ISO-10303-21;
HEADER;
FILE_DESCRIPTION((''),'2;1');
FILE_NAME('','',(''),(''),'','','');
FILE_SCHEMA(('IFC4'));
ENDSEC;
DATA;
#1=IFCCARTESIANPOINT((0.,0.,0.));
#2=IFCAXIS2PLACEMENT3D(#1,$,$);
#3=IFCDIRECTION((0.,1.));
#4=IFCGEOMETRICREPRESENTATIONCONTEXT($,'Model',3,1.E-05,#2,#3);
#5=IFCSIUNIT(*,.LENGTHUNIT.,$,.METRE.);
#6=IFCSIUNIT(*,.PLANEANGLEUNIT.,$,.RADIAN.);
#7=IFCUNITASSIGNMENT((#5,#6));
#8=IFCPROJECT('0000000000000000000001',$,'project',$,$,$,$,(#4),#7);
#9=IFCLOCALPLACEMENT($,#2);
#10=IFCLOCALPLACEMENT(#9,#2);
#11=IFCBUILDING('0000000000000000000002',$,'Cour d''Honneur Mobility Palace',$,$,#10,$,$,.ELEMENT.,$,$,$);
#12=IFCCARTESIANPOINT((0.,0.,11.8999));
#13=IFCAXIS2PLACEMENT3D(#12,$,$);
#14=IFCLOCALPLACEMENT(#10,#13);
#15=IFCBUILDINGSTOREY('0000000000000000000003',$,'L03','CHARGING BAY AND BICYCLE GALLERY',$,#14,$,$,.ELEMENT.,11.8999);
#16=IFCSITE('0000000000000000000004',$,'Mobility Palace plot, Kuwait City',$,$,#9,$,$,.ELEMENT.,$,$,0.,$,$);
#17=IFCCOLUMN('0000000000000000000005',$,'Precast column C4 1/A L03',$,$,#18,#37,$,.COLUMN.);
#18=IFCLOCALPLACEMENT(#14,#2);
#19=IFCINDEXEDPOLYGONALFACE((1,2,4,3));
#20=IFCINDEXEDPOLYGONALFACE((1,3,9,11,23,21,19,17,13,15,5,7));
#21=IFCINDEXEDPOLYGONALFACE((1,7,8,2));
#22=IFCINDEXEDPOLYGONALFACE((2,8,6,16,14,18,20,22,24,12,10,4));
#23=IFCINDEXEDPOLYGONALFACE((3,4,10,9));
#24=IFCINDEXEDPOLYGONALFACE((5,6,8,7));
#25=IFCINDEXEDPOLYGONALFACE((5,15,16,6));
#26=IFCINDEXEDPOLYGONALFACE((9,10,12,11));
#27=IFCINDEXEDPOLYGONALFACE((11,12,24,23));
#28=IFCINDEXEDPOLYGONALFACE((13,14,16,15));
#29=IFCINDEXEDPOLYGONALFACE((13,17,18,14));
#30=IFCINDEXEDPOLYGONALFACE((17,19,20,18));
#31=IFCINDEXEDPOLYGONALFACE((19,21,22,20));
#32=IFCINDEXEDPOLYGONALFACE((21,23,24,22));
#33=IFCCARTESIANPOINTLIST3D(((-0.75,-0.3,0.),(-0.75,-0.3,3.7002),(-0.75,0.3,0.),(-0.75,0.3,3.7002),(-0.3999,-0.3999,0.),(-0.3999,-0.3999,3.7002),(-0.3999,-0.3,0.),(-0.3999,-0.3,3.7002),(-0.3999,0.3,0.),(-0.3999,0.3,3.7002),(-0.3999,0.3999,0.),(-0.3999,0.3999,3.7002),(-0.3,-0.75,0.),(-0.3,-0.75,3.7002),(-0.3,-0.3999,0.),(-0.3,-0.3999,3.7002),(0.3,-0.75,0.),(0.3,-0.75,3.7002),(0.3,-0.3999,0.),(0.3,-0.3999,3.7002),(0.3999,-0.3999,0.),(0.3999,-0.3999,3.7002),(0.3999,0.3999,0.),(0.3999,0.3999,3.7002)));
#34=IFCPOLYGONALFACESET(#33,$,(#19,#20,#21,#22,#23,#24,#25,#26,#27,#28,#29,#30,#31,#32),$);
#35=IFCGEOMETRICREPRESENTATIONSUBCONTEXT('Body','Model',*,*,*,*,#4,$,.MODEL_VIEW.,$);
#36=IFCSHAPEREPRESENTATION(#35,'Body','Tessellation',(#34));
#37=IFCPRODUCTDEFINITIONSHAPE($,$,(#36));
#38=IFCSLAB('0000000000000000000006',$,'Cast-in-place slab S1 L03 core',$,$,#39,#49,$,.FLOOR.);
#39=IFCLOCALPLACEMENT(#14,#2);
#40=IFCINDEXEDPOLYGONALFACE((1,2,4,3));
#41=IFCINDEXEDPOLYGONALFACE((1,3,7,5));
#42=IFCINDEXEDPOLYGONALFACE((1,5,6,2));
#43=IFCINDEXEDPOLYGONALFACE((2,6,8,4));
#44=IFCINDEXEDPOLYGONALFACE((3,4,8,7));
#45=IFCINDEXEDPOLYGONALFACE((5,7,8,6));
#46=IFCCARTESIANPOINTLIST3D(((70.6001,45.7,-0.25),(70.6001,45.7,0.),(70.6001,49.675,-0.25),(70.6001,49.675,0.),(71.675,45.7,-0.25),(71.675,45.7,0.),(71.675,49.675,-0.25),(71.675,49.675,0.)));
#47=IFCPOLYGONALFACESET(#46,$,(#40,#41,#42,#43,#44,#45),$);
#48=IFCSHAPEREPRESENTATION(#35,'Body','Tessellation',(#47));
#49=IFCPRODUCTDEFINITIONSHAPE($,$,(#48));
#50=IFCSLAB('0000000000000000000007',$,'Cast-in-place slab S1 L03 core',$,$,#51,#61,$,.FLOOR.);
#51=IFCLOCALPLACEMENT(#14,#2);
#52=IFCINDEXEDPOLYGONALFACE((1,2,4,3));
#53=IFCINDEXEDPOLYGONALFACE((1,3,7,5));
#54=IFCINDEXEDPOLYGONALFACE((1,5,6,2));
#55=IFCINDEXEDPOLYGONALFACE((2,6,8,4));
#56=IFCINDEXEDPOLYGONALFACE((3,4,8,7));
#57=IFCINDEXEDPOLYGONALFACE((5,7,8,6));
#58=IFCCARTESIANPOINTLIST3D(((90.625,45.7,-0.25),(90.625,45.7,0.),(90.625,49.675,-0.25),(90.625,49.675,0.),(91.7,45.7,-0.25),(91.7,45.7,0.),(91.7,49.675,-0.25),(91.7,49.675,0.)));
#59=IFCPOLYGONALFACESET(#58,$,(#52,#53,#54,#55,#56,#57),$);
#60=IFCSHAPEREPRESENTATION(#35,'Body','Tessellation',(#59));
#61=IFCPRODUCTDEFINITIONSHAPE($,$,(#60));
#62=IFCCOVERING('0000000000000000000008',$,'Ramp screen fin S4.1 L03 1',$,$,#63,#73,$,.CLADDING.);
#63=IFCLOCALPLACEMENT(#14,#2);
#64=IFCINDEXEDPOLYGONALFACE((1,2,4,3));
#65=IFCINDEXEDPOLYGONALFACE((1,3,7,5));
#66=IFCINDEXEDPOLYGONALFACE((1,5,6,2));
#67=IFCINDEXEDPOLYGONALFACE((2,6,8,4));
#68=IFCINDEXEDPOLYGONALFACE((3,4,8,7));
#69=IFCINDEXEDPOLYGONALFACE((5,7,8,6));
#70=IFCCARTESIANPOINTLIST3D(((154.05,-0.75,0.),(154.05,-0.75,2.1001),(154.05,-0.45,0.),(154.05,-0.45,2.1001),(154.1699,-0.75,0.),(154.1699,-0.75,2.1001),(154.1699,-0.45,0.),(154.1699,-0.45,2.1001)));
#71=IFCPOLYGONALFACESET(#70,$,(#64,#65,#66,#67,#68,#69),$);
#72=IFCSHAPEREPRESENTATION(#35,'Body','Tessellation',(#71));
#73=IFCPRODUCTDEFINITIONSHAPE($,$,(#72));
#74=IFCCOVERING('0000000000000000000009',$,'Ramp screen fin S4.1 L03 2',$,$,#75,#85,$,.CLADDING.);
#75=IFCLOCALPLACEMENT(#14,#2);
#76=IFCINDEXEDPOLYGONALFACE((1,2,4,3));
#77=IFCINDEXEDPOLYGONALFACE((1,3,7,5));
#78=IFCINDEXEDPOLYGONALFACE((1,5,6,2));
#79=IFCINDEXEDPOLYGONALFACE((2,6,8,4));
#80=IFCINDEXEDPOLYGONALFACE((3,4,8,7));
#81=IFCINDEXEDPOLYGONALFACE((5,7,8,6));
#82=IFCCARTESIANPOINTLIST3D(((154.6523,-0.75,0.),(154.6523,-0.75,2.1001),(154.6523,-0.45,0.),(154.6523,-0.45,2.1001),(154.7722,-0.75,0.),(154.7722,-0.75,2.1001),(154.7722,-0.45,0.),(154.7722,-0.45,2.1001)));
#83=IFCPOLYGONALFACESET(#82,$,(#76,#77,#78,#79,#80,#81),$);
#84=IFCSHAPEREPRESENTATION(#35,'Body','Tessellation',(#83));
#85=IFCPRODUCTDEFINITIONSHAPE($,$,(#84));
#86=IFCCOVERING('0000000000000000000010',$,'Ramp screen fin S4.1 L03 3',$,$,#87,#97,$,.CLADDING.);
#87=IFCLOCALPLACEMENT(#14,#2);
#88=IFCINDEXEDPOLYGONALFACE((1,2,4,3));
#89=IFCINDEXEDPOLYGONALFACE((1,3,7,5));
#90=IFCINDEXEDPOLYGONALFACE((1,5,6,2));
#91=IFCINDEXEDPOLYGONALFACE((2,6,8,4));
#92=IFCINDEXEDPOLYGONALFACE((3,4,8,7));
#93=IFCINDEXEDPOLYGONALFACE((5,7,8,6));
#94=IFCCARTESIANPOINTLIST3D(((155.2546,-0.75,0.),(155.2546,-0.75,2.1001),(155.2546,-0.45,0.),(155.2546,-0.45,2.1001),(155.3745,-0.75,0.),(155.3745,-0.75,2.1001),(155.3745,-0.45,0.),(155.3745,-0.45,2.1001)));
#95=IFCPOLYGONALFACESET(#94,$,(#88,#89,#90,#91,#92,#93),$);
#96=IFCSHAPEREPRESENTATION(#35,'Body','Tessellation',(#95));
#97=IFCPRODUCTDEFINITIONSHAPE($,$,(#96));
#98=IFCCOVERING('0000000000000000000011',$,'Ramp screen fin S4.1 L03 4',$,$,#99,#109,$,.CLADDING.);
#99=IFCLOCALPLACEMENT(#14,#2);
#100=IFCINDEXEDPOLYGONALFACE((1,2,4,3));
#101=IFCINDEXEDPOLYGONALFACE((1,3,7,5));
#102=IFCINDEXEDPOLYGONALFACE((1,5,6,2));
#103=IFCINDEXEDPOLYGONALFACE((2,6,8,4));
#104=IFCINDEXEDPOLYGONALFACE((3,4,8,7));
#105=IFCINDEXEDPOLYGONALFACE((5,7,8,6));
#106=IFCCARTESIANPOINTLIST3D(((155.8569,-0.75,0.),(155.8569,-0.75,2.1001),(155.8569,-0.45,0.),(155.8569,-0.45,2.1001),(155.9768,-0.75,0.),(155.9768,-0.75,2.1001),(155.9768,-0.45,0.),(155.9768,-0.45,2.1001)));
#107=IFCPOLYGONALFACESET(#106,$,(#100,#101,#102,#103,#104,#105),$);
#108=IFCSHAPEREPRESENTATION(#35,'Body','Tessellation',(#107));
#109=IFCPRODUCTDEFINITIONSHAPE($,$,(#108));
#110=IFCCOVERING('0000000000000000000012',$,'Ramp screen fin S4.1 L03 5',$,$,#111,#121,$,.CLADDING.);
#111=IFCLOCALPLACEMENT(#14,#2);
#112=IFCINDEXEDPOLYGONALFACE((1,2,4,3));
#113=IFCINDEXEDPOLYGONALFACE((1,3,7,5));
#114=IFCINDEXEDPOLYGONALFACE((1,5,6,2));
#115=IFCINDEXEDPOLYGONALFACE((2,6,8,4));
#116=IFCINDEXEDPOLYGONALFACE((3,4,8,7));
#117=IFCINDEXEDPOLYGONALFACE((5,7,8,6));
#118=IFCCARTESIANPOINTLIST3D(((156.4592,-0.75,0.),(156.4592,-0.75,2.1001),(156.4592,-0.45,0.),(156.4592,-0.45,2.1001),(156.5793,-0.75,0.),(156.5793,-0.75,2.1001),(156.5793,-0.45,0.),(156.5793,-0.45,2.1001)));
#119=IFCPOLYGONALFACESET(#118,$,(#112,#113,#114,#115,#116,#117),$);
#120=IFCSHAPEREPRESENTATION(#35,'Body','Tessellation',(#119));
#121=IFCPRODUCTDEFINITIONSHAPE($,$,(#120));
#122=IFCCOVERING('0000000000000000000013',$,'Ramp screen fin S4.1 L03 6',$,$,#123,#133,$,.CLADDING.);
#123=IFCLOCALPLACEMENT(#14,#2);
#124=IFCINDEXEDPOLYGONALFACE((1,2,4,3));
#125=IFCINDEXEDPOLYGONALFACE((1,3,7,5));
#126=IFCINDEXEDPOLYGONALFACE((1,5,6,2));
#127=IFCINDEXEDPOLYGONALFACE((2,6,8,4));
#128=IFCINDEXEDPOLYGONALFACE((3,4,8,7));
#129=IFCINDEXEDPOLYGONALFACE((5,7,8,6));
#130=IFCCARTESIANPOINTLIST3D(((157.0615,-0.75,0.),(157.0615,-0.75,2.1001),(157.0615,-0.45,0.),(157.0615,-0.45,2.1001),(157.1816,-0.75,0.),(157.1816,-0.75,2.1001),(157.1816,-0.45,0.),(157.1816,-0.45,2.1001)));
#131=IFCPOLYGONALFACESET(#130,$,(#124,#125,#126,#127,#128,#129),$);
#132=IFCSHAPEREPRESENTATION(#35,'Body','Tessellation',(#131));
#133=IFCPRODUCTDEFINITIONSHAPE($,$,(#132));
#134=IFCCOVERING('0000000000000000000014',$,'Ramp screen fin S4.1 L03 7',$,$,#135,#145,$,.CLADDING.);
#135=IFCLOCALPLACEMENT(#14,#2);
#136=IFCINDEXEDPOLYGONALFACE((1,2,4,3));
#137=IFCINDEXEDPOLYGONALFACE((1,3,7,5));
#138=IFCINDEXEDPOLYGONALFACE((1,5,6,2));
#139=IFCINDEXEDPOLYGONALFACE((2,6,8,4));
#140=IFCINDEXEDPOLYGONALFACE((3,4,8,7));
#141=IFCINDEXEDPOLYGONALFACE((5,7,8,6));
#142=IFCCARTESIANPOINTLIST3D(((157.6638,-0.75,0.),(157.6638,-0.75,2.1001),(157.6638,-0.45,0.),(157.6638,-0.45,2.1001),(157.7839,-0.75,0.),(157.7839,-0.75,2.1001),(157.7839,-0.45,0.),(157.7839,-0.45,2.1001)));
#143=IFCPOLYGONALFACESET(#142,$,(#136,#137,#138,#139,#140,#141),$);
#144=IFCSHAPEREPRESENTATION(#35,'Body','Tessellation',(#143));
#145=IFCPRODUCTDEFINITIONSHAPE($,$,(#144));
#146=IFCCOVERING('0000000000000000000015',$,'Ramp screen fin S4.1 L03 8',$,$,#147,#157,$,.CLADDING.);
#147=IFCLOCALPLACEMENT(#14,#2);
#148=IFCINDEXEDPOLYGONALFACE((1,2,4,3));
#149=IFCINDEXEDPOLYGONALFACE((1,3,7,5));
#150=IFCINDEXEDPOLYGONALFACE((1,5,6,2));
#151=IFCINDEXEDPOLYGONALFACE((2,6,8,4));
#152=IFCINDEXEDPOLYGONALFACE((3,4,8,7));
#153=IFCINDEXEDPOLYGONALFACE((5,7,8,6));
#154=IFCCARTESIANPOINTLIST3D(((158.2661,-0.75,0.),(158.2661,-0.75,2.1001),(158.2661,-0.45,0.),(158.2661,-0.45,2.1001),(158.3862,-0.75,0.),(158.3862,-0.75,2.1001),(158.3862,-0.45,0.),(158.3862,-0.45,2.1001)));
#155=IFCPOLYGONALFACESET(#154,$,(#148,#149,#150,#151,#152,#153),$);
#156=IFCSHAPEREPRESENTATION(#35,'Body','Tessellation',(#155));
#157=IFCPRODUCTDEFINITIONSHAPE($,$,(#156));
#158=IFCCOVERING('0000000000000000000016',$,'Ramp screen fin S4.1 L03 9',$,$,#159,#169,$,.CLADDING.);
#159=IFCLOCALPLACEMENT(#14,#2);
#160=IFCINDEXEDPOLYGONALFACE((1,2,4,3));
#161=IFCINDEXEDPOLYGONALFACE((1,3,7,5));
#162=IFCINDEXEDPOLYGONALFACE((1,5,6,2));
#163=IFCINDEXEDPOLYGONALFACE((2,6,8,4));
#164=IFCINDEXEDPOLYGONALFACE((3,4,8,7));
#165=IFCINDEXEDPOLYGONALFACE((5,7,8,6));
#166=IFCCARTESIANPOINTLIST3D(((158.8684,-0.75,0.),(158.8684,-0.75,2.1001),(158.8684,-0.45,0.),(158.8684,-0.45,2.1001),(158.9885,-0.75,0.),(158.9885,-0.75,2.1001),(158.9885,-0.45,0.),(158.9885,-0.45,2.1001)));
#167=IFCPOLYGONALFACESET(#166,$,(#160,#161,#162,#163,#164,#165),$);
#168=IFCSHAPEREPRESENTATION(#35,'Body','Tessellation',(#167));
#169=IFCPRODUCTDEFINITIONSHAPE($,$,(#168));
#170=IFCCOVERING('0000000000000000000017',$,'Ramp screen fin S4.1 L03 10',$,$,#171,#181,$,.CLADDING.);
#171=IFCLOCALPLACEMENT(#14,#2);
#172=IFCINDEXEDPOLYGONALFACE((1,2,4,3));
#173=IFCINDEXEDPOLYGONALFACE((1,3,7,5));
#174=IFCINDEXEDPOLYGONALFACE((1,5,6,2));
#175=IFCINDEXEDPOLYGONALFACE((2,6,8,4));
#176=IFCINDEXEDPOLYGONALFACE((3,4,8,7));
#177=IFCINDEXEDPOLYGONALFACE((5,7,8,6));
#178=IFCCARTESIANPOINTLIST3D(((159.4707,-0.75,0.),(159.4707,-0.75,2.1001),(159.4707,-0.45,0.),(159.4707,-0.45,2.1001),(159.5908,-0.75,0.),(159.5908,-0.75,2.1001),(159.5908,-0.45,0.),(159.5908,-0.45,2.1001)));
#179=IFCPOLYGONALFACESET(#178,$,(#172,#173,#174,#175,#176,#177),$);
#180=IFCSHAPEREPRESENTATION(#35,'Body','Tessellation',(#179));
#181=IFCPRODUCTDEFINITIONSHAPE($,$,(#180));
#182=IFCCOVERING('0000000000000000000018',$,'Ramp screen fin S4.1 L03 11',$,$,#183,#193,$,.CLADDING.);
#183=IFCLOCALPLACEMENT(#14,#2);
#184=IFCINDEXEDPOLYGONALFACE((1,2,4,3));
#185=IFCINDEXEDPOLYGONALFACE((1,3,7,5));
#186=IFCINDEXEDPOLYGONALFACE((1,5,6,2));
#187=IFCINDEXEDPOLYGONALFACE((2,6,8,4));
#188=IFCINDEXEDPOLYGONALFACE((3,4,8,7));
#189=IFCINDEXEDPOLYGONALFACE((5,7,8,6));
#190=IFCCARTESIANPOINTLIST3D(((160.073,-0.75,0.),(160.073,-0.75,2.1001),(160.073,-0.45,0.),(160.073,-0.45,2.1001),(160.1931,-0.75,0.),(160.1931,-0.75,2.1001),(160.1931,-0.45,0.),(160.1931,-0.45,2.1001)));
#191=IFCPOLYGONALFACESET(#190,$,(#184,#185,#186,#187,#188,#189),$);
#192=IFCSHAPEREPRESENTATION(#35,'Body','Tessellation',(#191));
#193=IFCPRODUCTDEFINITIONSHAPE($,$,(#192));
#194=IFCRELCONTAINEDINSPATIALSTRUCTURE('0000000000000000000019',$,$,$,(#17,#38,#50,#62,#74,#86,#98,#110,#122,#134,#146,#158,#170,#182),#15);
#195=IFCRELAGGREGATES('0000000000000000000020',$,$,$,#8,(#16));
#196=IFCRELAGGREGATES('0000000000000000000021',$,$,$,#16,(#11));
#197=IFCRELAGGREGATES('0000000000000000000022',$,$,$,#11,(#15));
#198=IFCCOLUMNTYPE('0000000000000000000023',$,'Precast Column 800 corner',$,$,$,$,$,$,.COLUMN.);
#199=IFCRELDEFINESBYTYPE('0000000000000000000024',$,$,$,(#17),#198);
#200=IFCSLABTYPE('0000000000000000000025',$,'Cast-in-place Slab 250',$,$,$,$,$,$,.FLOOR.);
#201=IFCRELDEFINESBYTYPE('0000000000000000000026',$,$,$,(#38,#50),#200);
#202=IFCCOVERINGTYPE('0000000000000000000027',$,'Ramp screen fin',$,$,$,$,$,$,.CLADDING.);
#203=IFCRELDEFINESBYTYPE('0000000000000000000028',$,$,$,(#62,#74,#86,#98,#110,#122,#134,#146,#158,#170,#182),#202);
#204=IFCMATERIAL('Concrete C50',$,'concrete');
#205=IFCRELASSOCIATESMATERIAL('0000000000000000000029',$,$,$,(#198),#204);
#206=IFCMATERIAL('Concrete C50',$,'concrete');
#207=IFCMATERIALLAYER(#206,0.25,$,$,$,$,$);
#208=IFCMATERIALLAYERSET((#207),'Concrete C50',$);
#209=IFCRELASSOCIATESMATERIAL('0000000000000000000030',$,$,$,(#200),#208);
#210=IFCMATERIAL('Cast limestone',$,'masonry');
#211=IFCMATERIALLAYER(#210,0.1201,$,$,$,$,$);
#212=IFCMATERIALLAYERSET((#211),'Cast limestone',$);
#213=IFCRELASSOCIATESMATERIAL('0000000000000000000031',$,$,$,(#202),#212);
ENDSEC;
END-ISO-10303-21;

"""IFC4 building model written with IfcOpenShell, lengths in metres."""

from ifc_helpers import new_model, si_unit, direction, frame, origin, place, context, subcontext, project, spatial, polyline, outline, extrude, material, layer, layer_set, material_profile, profile_set, type_object, element, save


model = new_model("IFC4")

# Units and contexts
model_context = context("Model", 3, precision=1e-05, world=origin(), true_north=direction((0.0, 1.0)))
body_context = subcontext(model_context, "Body", "Model", "MODEL_VIEW")
ifc_project = project(units=[si_unit("LENGTHUNIT", "METRE"), si_unit("PLANEANGLEUNIT", "RADIAN")], contexts=[model_context])

# Site, building, storey
site_placement = place(None, origin())
site = spatial("IfcSite", under=ifc_project, at=site_placement, Name="Mobility Palace plot, Kuwait City", CompositionType="ELEMENT", RefElevation=0.0)
building_placement = place(site_placement, origin())
building = spatial("IfcBuilding", under=site, at=building_placement, Name="Cour d'Honneur Mobility Palace", CompositionType="ELEMENT")
storey_placement = place(building_placement, frame((0.0, 0.0, 11.8999)))
storey = spatial("IfcBuildingStorey", under=building, at=storey_placement, Name="L03", Description="CHARGING BAY AND BICYCLE GALLERY", CompositionType="ELEMENT", Elevation=11.8999)

# Column
ifc_material_1 = material(Name="Concrete C50", Category="concrete")
ifc_material_profile = material_profile(ifc_material_1, outline(polyline([(-0.3999, -0.3999), (0.3999, -0.3999), (0.3999, -0.3), (0.75, -0.3), (0.75, 0.3), (0.3999, 0.3), (0.3999, 0.3999), (0.3, 0.3999), (0.3, 0.75), (-0.3, 0.75), (-0.3, 0.3999), (-0.3999, 0.3999), (-0.3999, -0.3999)])), Name="PC C800 corner")
ifc_profile_set = profile_set([ifc_material_profile], Name="Concrete C50")
column_type = type_object("IfcColumnType", Name="Precast Column 800 corner", PredefinedType="COLUMN", material=ifc_profile_set)
column_placement = place(storey_placement, frame((0.0, 0.0, 0.0), z_axis=(0.0, 0.0, 1.0), x_axis=(-1.0, 0.0, 0.0)))
element("IfcColumn", 1, at=column_placement, inside=storey, type_object=column_type, Name="Precast column C4 1/A L03", PredefinedType="COLUMN", context=body_context, shape_type="SweptSolid", body=[
    extrude(outline(polyline([(-0.3999, -0.3999), (0.3999, -0.3999), (0.3999, -0.3), (0.75, -0.3), (0.75, 0.3), (0.3999, 0.3), (0.3999, 0.3999), (0.3, 0.3999), (0.3, 0.75), (-0.3, 0.75), (-0.3, 0.3999), (-0.3999, 0.3999), (-0.3999, -0.3999)])), origin(), (0.0, 0.0, 1.0), 3.7002),
])

# Slabs
ifc_material_2 = material(Name="Concrete C50", Category="concrete")
ifc_layer_1 = layer(ifc_material_2, 0.25)
ifc_layer_set_1 = layer_set([ifc_layer_1], Name="Concrete C50")
slab_type = type_object("IfcSlabType", Name="Cast-in-place Slab 250", PredefinedType="FLOOR", material=ifc_layer_set_1)
slab_1_placement = place(storey_placement, frame((0.0, 0.0, -0.25)))
element("IfcSlab", 2, at=slab_1_placement, inside=storey, type_object=slab_type, Name="Cast-in-place slab S1 L03 core", PredefinedType="FLOOR", context=body_context, shape_type="SweptSolid", body=[
    extrude(outline(polyline([(71.675, 49.675), (71.675, 45.7), (70.6001, 45.7), (70.6001, 49.675), (71.675, 49.675)])), origin(), (0.0, 0.0, 1.0), 0.25),
])
slab_2_placement = place(storey_placement, frame((0.0, 0.0, -0.25)))
element("IfcSlab", 3, at=slab_2_placement, inside=storey, type_object=slab_type, Name="Cast-in-place slab S1 L03 core", PredefinedType="FLOOR", context=body_context, shape_type="SweptSolid", body=[
    extrude(outline(polyline([(91.7, 45.7), (90.625, 45.7), (90.625, 49.675), (91.7, 49.675), (91.7, 45.7)])), origin(), (0.0, 0.0, 1.0), 0.25),
])

# Coverings
ifc_material_3 = material(Name="Cast limestone", Category="masonry")
ifc_layer_2 = layer(ifc_material_3, 0.1201)
ifc_layer_set_2 = layer_set([ifc_layer_2], Name="Cast limestone")
covering_type = type_object("IfcCoveringType", Name="Ramp screen fin", PredefinedType="CLADDING", material=ifc_layer_set_2)
covering_1_placement = place(storey_placement, origin())
element("IfcCovering", 4, at=covering_1_placement, inside=storey, type_object=covering_type, Name="Ramp screen fin S4.1 L03 1", PredefinedType="CLADDING", context=body_context, shape_type="SweptSolid", body=[
    extrude(outline(polyline([(154.05, -0.45), (154.1699, -0.45), (154.1699, -0.75), (154.05, -0.75), (154.05, -0.45)])), origin(), (0.0, 0.0, 1.0), 2.1001),
])
covering_2_placement = place(storey_placement, origin())
element("IfcCovering", 5, at=covering_2_placement, inside=storey, type_object=covering_type, Name="Ramp screen fin S4.1 L03 2", PredefinedType="CLADDING", context=body_context, shape_type="SweptSolid", body=[
    extrude(outline(polyline([(154.6523, -0.45), (154.7722, -0.45), (154.7722, -0.75), (154.6523, -0.75), (154.6523, -0.45)])), origin(), (0.0, 0.0, 1.0), 2.1001),
])
covering_3_placement = place(storey_placement, origin())
element("IfcCovering", 6, at=covering_3_placement, inside=storey, type_object=covering_type, Name="Ramp screen fin S4.1 L03 3", PredefinedType="CLADDING", context=body_context, shape_type="SweptSolid", body=[
    extrude(outline(polyline([(155.2546, -0.45), (155.3745, -0.45), (155.3745, -0.75), (155.2546, -0.75), (155.2546, -0.45)])), origin(), (0.0, 0.0, 1.0), 2.1001),
])
covering_4_placement = place(storey_placement, origin())
element("IfcCovering", 7, at=covering_4_placement, inside=storey, type_object=covering_type, Name="Ramp screen fin S4.1 L03 4", PredefinedType="CLADDING", context=body_context, shape_type="SweptSolid", body=[
    extrude(outline(polyline([(155.8569, -0.45), (155.9768, -0.45), (155.9768, -0.75), (155.8569, -0.75), (155.8569, -0.45)])), origin(), (0.0, 0.0, 1.0), 2.1001),
])
covering_5_placement = place(storey_placement, origin())
element("IfcCovering", 8, at=covering_5_placement, inside=storey, type_object=covering_type, Name="Ramp screen fin S4.1 L03 5", PredefinedType="CLADDING", context=body_context, shape_type="SweptSolid", body=[
    extrude(outline(polyline([(156.4592, -0.45), (156.5793, -0.45), (156.5793, -0.75), (156.4592, -0.75), (156.4592, -0.45)])), origin(), (0.0, 0.0, 1.0), 2.1001),
])
covering_6_placement = place(storey_placement, origin())
element("IfcCovering", 9, at=covering_6_placement, inside=storey, type_object=covering_type, Name="Ramp screen fin S4.1 L03 6", PredefinedType="CLADDING", context=body_context, shape_type="SweptSolid", body=[
    extrude(outline(polyline([(157.0615, -0.45), (157.1816, -0.45), (157.1816, -0.75), (157.0615, -0.75), (157.0615, -0.45)])), origin(), (0.0, 0.0, 1.0), 2.1001),
])
covering_7_placement = place(storey_placement, origin())
element("IfcCovering", 10, at=covering_7_placement, inside=storey, type_object=covering_type, Name="Ramp screen fin S4.1 L03 7", PredefinedType="CLADDING", context=body_context, shape_type="SweptSolid", body=[
    extrude(outline(polyline([(157.6638, -0.45), (157.7839, -0.45), (157.7839, -0.75), (157.6638, -0.75), (157.6638, -0.45)])), origin(), (0.0, 0.0, 1.0), 2.1001),
])
covering_8_placement = place(storey_placement, origin())
element("IfcCovering", 11, at=covering_8_placement, inside=storey, type_object=covering_type, Name="Ramp screen fin S4.1 L03 8", PredefinedType="CLADDING", context=body_context, shape_type="SweptSolid", body=[
    extrude(outline(polyline([(158.2661, -0.45), (158.3862, -0.45), (158.3862, -0.75), (158.2661, -0.75), (158.2661, -0.45)])), origin(), (0.0, 0.0, 1.0), 2.1001),
])
covering_9_placement = place(storey_placement, origin())
element("IfcCovering", 12, at=covering_9_placement, inside=storey, type_object=covering_type, Name="Ramp screen fin S4.1 L03 9", PredefinedType="CLADDING", context=body_context, shape_type="SweptSolid", body=[
    extrude(outline(polyline([(158.8684, -0.45), (158.9885, -0.45), (158.9885, -0.75), (158.8684, -0.75), (158.8684, -0.45)])), origin(), (0.0, 0.0, 1.0), 2.1001),
])
covering_10_placement = place(storey_placement, origin())
element("IfcCovering", 13, at=covering_10_placement, inside=storey, type_object=covering_type, Name="Ramp screen fin S4.1 L03 10", PredefinedType="CLADDING", context=body_context, shape_type="SweptSolid", body=[
    extrude(outline(polyline([(159.4707, -0.45), (159.5908, -0.45), (159.5908, -0.75), (159.4707, -0.75), (159.4707, -0.45)])), origin(), (0.0, 0.0, 1.0), 2.1001),
])
covering_11_placement = place(storey_placement, origin())
element("IfcCovering", 14, at=covering_11_placement, inside=storey, type_object=covering_type, Name="Ramp screen fin S4.1 L03 11", PredefinedType="CLADDING", context=body_context, shape_type="SweptSolid", body=[
    extrude(outline(polyline([(160.073, -0.45), (160.1931, -0.45), (160.1931, -0.75), (160.073, -0.75), (160.073, -0.45)])), origin(), (0.0, 0.0, 1.0), 2.1001),
])

save(model, "model.ifc")
